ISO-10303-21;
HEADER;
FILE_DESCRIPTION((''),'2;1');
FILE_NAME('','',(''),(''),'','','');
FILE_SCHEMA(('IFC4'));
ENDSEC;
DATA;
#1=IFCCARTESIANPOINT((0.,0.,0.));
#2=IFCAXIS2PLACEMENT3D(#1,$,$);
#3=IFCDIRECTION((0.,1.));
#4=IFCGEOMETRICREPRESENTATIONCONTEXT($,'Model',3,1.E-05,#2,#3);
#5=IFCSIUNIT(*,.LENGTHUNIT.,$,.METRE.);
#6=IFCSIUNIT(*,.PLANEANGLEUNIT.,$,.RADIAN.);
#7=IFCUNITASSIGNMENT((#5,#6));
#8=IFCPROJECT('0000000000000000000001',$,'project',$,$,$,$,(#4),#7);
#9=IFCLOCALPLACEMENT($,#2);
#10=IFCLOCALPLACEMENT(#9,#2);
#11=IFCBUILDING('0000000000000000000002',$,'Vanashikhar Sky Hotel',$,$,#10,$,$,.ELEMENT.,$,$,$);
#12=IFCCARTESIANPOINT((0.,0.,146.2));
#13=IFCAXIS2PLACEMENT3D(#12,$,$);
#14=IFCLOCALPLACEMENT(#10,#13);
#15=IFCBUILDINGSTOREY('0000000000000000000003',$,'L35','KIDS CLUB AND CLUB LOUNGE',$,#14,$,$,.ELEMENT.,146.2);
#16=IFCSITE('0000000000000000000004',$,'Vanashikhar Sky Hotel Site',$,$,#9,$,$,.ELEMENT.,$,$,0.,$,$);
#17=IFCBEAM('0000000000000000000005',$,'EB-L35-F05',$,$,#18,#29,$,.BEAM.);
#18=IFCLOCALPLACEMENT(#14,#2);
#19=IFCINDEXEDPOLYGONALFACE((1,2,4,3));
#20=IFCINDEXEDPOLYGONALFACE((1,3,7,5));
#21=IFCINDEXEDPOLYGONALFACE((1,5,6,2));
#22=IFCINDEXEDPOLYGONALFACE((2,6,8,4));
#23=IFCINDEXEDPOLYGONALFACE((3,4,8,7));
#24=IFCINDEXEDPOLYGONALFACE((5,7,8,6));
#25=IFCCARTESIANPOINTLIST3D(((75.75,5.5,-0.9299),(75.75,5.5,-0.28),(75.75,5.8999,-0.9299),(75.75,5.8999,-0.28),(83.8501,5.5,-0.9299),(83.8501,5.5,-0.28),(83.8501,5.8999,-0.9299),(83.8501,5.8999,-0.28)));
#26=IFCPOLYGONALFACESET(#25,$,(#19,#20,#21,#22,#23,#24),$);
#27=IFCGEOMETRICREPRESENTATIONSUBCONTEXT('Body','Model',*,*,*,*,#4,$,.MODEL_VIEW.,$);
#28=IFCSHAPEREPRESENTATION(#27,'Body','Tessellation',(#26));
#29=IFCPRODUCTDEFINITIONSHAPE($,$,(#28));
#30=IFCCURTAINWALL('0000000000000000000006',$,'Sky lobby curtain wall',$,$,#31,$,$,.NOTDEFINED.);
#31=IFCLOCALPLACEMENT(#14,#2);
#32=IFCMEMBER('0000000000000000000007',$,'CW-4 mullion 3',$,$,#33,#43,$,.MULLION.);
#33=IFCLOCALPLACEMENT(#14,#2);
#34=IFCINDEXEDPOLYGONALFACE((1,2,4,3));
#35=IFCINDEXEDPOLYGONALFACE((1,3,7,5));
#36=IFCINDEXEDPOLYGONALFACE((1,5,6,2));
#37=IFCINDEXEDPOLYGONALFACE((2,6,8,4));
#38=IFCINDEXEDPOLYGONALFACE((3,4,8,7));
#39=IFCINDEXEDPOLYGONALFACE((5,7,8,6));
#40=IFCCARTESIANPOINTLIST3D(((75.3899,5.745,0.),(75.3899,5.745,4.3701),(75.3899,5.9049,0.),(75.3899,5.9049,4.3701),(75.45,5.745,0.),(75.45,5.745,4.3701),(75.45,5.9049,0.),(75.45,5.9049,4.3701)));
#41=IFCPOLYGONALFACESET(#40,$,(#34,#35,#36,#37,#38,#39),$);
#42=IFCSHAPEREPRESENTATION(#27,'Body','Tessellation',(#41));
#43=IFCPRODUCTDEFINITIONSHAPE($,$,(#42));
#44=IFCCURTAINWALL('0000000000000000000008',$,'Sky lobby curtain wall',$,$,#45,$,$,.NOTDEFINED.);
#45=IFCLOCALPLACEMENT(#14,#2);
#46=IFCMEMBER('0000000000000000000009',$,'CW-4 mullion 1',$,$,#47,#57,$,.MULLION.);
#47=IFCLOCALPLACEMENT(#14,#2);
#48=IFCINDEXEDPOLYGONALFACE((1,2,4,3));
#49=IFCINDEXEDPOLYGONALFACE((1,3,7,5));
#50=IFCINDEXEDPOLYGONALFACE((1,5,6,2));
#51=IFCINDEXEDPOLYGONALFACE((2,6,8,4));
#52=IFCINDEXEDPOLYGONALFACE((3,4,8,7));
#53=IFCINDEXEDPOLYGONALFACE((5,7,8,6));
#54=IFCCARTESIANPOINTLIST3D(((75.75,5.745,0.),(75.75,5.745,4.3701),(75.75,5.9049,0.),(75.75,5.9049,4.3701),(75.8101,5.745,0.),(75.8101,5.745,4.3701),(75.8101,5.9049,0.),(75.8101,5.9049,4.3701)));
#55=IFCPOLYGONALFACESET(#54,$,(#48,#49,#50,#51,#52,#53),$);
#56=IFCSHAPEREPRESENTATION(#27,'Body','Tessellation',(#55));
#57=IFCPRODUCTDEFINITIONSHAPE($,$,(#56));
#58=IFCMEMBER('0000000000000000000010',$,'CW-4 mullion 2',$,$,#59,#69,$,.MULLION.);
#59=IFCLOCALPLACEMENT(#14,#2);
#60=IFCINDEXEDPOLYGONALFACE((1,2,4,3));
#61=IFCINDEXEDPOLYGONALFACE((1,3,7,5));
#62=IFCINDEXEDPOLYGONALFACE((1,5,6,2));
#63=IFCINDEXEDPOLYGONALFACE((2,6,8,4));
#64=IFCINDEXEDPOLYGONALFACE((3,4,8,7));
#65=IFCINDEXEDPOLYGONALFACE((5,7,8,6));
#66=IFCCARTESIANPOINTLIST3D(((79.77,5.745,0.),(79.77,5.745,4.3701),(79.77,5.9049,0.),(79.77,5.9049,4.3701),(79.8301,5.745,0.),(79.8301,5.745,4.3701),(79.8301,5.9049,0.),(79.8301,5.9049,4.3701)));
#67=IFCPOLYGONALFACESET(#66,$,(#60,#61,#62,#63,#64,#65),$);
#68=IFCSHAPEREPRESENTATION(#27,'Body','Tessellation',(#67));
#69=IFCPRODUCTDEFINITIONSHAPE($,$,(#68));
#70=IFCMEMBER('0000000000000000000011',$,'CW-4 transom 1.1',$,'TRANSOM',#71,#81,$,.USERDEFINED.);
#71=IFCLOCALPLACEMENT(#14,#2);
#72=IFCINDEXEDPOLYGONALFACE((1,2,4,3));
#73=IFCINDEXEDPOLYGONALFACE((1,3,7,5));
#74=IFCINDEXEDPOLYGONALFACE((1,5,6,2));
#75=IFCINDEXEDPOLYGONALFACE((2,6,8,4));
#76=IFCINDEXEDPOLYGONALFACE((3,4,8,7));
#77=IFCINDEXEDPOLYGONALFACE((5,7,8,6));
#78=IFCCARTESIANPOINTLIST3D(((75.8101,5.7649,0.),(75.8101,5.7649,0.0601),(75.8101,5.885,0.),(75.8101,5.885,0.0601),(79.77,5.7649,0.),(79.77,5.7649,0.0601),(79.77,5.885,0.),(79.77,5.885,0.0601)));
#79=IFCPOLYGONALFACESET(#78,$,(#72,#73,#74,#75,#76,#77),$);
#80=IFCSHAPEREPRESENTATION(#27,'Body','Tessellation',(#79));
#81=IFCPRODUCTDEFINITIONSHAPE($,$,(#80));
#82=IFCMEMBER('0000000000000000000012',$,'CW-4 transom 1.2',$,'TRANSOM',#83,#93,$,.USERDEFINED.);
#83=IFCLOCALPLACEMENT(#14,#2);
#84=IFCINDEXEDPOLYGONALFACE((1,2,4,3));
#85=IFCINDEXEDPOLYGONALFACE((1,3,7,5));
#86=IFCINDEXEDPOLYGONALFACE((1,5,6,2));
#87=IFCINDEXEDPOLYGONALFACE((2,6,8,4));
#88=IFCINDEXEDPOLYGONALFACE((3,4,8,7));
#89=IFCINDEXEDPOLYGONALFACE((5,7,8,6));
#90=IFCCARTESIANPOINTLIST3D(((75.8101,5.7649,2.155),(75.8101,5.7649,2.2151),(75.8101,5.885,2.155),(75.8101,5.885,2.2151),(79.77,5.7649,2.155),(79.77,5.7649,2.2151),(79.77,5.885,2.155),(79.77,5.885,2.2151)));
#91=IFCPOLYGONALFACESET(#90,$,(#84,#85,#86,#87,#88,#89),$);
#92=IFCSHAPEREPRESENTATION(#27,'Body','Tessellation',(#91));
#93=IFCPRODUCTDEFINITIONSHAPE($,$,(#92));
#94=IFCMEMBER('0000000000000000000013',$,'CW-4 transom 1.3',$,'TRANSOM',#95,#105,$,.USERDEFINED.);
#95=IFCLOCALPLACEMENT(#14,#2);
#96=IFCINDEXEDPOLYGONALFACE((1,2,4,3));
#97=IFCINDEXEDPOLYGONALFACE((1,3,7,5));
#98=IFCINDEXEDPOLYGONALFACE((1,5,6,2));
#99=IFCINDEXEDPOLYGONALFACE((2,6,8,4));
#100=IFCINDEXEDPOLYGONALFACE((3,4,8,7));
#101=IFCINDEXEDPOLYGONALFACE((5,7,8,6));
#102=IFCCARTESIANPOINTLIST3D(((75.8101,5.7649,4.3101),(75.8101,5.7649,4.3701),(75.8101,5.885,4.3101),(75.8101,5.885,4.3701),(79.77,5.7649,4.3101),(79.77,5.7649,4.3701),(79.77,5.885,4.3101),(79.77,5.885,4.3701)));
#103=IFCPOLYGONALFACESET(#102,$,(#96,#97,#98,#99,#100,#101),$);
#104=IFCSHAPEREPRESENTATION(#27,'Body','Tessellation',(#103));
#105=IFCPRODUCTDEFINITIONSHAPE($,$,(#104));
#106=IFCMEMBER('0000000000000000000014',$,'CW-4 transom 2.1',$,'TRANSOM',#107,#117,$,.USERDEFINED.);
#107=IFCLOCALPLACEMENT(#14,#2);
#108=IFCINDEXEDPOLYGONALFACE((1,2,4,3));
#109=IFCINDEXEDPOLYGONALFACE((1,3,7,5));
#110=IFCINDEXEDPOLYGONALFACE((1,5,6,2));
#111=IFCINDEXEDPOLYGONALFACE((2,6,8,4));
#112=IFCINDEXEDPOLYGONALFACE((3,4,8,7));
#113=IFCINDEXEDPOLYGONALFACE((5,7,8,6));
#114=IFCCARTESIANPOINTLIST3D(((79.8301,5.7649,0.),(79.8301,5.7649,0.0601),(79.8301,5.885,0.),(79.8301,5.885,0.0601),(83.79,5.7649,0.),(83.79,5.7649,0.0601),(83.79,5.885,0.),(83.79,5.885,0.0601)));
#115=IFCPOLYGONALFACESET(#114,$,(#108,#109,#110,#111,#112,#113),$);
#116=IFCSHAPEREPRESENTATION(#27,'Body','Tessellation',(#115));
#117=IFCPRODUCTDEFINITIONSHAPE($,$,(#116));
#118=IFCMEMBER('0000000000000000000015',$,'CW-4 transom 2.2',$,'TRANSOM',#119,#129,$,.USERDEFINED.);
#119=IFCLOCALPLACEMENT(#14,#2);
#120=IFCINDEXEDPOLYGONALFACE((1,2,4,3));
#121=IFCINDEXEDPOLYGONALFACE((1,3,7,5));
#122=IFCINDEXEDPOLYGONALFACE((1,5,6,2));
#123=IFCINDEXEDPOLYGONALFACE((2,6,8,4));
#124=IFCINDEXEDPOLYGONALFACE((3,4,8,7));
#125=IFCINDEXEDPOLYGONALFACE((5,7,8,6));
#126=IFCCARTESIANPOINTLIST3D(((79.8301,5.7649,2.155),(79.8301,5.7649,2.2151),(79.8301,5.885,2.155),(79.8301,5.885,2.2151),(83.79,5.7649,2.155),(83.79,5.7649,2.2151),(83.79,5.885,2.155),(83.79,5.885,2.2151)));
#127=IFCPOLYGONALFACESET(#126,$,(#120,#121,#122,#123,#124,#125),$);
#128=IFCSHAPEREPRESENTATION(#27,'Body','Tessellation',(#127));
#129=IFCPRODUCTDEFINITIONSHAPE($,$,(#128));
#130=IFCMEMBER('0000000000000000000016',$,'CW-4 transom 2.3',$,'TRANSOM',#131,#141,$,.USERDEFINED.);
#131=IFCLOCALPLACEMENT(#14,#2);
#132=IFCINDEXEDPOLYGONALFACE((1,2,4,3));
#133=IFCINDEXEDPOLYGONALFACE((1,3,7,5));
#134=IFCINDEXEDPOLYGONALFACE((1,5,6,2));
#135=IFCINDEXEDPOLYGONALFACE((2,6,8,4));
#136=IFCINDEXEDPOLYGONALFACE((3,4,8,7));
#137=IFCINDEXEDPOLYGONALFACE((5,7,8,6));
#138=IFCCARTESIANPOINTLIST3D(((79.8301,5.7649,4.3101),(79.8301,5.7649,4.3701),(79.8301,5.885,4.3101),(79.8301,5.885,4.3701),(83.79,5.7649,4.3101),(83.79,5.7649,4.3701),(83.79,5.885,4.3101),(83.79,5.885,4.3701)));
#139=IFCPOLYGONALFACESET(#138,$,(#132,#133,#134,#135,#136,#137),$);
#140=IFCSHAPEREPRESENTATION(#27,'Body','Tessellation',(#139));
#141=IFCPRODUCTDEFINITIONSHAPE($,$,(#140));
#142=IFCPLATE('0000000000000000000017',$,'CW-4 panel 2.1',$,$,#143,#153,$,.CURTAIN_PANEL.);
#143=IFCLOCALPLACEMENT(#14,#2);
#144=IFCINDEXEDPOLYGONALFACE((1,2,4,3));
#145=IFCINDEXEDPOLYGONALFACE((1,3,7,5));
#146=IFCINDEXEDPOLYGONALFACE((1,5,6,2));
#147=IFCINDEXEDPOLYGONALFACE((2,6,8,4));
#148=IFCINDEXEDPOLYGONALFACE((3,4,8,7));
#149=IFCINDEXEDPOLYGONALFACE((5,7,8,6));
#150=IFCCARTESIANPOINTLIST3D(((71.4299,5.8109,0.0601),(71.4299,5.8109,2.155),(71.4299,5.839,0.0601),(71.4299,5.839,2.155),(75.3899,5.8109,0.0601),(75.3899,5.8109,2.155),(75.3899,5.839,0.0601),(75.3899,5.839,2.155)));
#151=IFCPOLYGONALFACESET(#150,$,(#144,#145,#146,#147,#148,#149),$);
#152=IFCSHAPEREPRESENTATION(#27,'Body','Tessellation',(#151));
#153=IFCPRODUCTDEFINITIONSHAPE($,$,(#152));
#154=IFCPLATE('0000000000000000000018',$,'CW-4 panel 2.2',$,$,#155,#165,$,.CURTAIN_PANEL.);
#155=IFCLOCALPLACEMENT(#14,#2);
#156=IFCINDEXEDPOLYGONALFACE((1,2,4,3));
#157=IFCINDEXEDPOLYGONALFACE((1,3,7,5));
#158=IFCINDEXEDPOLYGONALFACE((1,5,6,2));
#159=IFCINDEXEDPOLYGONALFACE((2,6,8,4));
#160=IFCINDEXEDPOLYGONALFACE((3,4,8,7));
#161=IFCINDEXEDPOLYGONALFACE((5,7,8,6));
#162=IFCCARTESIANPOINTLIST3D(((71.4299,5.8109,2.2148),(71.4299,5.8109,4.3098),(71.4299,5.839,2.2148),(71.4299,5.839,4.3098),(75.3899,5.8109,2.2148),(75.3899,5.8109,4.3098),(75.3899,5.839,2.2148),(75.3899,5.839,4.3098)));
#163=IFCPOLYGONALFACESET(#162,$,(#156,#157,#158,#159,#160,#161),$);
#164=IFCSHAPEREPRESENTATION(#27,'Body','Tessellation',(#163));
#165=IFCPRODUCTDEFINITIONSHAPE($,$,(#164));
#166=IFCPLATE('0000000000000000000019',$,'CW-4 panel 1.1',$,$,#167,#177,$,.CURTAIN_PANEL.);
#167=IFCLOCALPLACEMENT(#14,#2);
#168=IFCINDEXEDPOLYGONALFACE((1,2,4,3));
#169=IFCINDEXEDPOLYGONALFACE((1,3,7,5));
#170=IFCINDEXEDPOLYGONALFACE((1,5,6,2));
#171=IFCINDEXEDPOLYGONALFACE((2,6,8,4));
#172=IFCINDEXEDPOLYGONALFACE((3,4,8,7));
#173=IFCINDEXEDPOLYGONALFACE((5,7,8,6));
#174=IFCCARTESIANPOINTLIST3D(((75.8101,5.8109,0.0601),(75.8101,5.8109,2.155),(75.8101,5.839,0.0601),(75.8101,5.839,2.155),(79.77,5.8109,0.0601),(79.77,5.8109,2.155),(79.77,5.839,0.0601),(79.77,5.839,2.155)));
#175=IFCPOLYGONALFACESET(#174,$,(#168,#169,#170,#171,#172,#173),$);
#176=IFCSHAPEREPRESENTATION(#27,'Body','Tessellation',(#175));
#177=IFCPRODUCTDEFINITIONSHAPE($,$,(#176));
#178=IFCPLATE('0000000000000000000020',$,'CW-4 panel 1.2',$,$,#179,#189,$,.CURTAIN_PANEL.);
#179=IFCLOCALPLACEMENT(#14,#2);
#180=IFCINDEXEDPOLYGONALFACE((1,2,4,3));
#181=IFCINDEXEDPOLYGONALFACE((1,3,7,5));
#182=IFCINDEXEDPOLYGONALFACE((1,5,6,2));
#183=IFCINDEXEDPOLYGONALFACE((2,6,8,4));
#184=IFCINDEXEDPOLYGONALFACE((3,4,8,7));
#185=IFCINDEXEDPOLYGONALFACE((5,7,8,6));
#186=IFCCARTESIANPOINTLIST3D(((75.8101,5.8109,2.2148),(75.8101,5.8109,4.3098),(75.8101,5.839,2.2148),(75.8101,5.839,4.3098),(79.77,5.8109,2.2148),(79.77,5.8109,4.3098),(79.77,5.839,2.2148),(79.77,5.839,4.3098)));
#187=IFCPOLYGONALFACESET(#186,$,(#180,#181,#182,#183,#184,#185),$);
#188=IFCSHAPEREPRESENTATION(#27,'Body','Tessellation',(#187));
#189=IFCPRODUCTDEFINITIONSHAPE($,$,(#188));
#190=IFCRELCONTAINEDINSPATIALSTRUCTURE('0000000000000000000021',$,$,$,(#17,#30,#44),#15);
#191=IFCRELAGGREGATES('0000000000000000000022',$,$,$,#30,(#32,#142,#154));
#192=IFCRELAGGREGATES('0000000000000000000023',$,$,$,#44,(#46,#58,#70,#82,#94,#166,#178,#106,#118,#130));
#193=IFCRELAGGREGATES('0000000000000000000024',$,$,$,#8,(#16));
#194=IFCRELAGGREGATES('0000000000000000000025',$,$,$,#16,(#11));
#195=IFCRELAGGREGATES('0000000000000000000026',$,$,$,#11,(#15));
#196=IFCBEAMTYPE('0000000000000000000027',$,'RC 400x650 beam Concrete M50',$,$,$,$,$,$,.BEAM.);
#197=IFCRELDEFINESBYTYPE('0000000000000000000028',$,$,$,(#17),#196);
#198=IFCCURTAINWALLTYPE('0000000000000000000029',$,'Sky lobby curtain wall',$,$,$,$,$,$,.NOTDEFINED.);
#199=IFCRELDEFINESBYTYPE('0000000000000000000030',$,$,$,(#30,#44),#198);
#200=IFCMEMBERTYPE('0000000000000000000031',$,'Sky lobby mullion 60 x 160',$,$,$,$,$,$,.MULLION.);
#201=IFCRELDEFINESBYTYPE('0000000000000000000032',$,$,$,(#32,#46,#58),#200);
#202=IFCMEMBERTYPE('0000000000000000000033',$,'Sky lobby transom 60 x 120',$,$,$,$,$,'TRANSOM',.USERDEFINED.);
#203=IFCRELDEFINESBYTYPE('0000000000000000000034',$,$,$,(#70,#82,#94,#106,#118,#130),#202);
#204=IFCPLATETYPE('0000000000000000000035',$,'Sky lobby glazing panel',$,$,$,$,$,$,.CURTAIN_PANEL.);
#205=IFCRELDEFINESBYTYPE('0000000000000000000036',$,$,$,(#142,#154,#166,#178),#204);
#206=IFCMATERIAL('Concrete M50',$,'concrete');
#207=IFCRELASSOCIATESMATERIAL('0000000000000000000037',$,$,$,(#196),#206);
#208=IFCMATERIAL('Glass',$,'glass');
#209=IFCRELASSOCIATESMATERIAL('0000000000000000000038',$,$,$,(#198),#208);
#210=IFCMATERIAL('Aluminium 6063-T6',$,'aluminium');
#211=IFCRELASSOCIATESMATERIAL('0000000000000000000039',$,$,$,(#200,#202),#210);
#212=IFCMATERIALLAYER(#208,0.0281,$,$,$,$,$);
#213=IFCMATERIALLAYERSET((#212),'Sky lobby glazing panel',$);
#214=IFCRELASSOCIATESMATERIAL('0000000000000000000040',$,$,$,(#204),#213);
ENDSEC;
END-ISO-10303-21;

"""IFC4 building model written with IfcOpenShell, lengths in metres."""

from ifc_helpers import new_model, si_unit, direction, frame, origin, origin_2d, place, context, subcontext, project, spatial, rectangle, extrude, source, transform, mapped, material, layer, layer_set, material_profile, profile_set, type_object, element, aggregate, save


model = new_model("IFC4")

# Units and contexts
model_context = context("Model", 3, precision=1e-05, world=origin(), true_north=direction((0.0, 1.0)))
body_context = subcontext(model_context, "Body", "Model", "MODEL_VIEW")
ifc_project = project(units=[si_unit("LENGTHUNIT", "METRE"), si_unit("PLANEANGLEUNIT", "RADIAN")], contexts=[model_context])

# Site, building, storey
site_placement = place(None, origin())
site = spatial("IfcSite", under=ifc_project, at=site_placement, Name="Vanashikhar Sky Hotel Site", CompositionType="ELEMENT", RefElevation=0.0)
building_placement = place(site_placement, origin())
building = spatial("IfcBuilding", under=site, at=building_placement, Name="Vanashikhar Sky Hotel", CompositionType="ELEMENT")
storey_placement = place(building_placement, frame((0.0, 0.0, 146.2)))
storey = spatial("IfcBuildingStorey", under=building, at=storey_placement, Name="L35", Description="KIDS CLUB AND CLUB LOUNGE", CompositionType="ELEMENT", Elevation=146.2)

# Beam
ifc_material_1 = material(Name="Concrete M50", Category="concrete")
ifc_material_profile_1 = material_profile(ifc_material_1, rectangle(XDim=0.3999, YDim=0.6499, at=origin_2d()))
ifc_profile_set_1 = profile_set([ifc_material_profile_1], Name="RC 400x650 beam Concrete M50")
beam_type = type_object("IfcBeamType", Name="RC 400x650 beam Concrete M50", PredefinedType="BEAM", material=ifc_profile_set_1)
shared_shape_1 = source(origin(), body_context, "Body", "SweptSolid", [
    extrude(rectangle(XDim=0.3999, YDim=0.6499, at=origin_2d()), origin(), (0.0, 0.0, 1.0), 8.1001),
])
beam_placement = place(storey_placement, frame((75.75, 5.7, -0.605), z_axis=(1.0, 0.0, 0.0), x_axis=(0.0, 1.0, 0.0)))
element("IfcBeam", 1, at=beam_placement, inside=storey, type_object=beam_type, Name="EB-L35-F05", PredefinedType="BEAM", context=body_context, shape_type="MappedRepresentation", body=[
    mapped(shared_shape_1, transform((0.0, 0.0, 0.0), scale=1.0)),
])

# Curtain wall, member
ifc_material_2 = material(Name="Glass", Category="glass")
curtain_wall_type = type_object("IfcCurtainWallType", Name="Sky lobby curtain wall", PredefinedType="NOTDEFINED", material=ifc_material_2)
curtain_wall_1_placement = place(storey_placement, origin())
curtain_wall_1 = element("IfcCurtainWall", 2, at=curtain_wall_1_placement, inside=storey, type_object=curtain_wall_type, Name="Sky lobby curtain wall", PredefinedType="NOTDEFINED")
ifc_material_3 = material(Name="Aluminium 6063-T6", Category="aluminium")
ifc_material_profile_2 = material_profile(ifc_material_3, rectangle(XDim=0.1599, YDim=0.0601, at=origin_2d()))
ifc_profile_set_2 = profile_set([ifc_material_profile_2], Name="Aluminium 6063-T6")
member_type_1 = type_object("IfcMemberType", Name="Sky lobby mullion 60 x 160", PredefinedType="MULLION", material=ifc_profile_set_2)
shared_shape_2 = source(origin(), body_context, "Body", "SweptSolid", [
    extrude(rectangle(XDim=0.1599, YDim=0.0601, at=origin_2d()), origin(), (0.0, 0.0, 1.0), 4.3701),
])
member_1_placement = place(storey_placement, frame((75.4199, 5.825, 0.0), z_axis=(0.0, 0.0, 1.0), x_axis=(0.0, 1.0, 0.0)))
member_1 = element("IfcMember", 3, at=member_1_placement, type_object=member_type_1, Name="CW-4 mullion 3", PredefinedType="MULLION", context=body_context, shape_type="MappedRepresentation", body=[
    mapped(shared_shape_2, transform((0.0, 0.0, 0.0), scale=1.0)),
])

# Curtain wall, members
curtain_wall_2_placement = place(storey_placement, origin())
curtain_wall_2 = element("IfcCurtainWall", 4, at=curtain_wall_2_placement, inside=storey, type_object=curtain_wall_type, Name="Sky lobby curtain wall", PredefinedType="NOTDEFINED")
member_2_placement = place(storey_placement, frame((75.78, 5.825, 0.0), z_axis=(0.0, 0.0, 1.0), x_axis=(0.0, 1.0, 0.0)))
member_2 = element("IfcMember", 5, at=member_2_placement, type_object=member_type_1, Name="CW-4 mullion 1", PredefinedType="MULLION", context=body_context, shape_type="MappedRepresentation", body=[
    mapped(shared_shape_2, transform((0.0, 0.0, 0.0), scale=1.0)),
])
member_3_placement = place(storey_placement, frame((79.8, 5.825, 0.0), z_axis=(0.0, 0.0, 1.0), x_axis=(0.0, 1.0, 0.0)))
member_3 = element("IfcMember", 6, at=member_3_placement, type_object=member_type_1, Name="CW-4 mullion 2", PredefinedType="MULLION", context=body_context, shape_type="MappedRepresentation", body=[
    mapped(shared_shape_2, transform((0.0, 0.0, 0.0), scale=1.0)),
])
ifc_material_profile_3 = material_profile(ifc_material_3, rectangle(XDim=0.1201, YDim=0.0601, at=origin_2d()))
ifc_profile_set_3 = profile_set([ifc_material_profile_3], Name="Aluminium 6063-T6")
member_type_2 = type_object("IfcMemberType", Name="Sky lobby transom 60 x 120", ElementType="TRANSOM", PredefinedType="USERDEFINED", material=ifc_profile_set_3)
shared_shape_3 = source(origin(), body_context, "Body", "SweptSolid", [
    extrude(rectangle(XDim=0.1201, YDim=0.0601, at=origin_2d()), origin(), (0.0, 0.0, 1.0), 3.96),
])
member_4_placement = place(storey_placement, frame((75.8101, 5.825, 0.03), z_axis=(1.0, 0.0, 0.0), x_axis=(0.0, 1.0, 0.0)))
member_4 = element("IfcMember", 7, at=member_4_placement, type_object=member_type_2, Name="CW-4 transom 1.1", ObjectType="TRANSOM", PredefinedType="USERDEFINED", context=body_context, shape_type="MappedRepresentation", body=[
    mapped(shared_shape_3, transform((0.0, 0.0, 0.0), scale=1.0)),
])
member_5_placement = place(storey_placement, frame((75.8101, 5.825, 2.1851), z_axis=(1.0, 0.0, 0.0), x_axis=(0.0, 1.0, 0.0)))
member_5 = element("IfcMember", 8, at=member_5_placement, type_object=member_type_2, Name="CW-4 transom 1.2", ObjectType="TRANSOM", PredefinedType="USERDEFINED", context=body_context, shape_type="MappedRepresentation", body=[
    mapped(shared_shape_3, transform((0.0, 0.0, 0.0), scale=1.0)),
])
member_6_placement = place(storey_placement, frame((75.8101, 5.825, 4.3401), z_axis=(1.0, 0.0, 0.0), x_axis=(0.0, 1.0, 0.0)))
member_6 = element("IfcMember", 9, at=member_6_placement, type_object=member_type_2, Name="CW-4 transom 1.3", ObjectType="TRANSOM", PredefinedType="USERDEFINED", context=body_context, shape_type="MappedRepresentation", body=[
    mapped(shared_shape_3, transform((0.0, 0.0, 0.0), scale=1.0)),
])
member_7_placement = place(storey_placement, frame((79.8301, 5.825, 0.03), z_axis=(1.0, 0.0, 0.0), x_axis=(0.0, 1.0, 0.0)))
member_7 = element("IfcMember", 10, at=member_7_placement, type_object=member_type_2, Name="CW-4 transom 2.1", ObjectType="TRANSOM", PredefinedType="USERDEFINED", context=body_context, shape_type="MappedRepresentation", body=[
    mapped(shared_shape_3, transform((0.0, 0.0, 0.0), scale=1.0)),
])
member_8_placement = place(storey_placement, frame((79.8301, 5.825, 2.1851), z_axis=(1.0, 0.0, 0.0), x_axis=(0.0, 1.0, 0.0)))
member_8 = element("IfcMember", 11, at=member_8_placement, type_object=member_type_2, Name="CW-4 transom 2.2", ObjectType="TRANSOM", PredefinedType="USERDEFINED", context=body_context, shape_type="MappedRepresentation", body=[
    mapped(shared_shape_3, transform((0.0, 0.0, 0.0), scale=1.0)),
])
member_9_placement = place(storey_placement, frame((79.8301, 5.825, 4.3401), z_axis=(1.0, 0.0, 0.0), x_axis=(0.0, 1.0, 0.0)))
member_9 = element("IfcMember", 12, at=member_9_placement, type_object=member_type_2, Name="CW-4 transom 2.3", ObjectType="TRANSOM", PredefinedType="USERDEFINED", context=body_context, shape_type="MappedRepresentation", body=[
    mapped(shared_shape_3, transform((0.0, 0.0, 0.0), scale=1.0)),
])

# Plates
ifc_layer_1 = layer(ifc_material_2, 0.0281)
ifc_layer_set_1 = layer_set([ifc_layer_1], Name="Sky lobby glazing panel")
plate_type = type_object("IfcPlateType", Name="Sky lobby glazing panel", PredefinedType="CURTAIN_PANEL", material=ifc_layer_set_1)
shared_shape_4 = source(origin(), body_context, "Body", "SweptSolid", [
    extrude(rectangle(XDim=3.96, YDim=0.0281, at=origin_2d()), origin(), (0.0, 0.0, 1.0), 2.095),
])
plate_1_placement = place(storey_placement, frame((73.4099, 5.825, 0.0601), z_axis=(0.0, 0.0, 1.0), x_axis=(1.0, 0.0, 0.0)))
plate_1 = element("IfcPlate", 13, at=plate_1_placement, type_object=plate_type, Name="CW-4 panel 2.1", PredefinedType="CURTAIN_PANEL", context=body_context, shape_type="MappedRepresentation", body=[
    mapped(shared_shape_4, transform((0.0, 0.0, 0.0), scale=1.0)),
])
plate_2_placement = place(storey_placement, frame((73.4099, 5.825, 2.2148), z_axis=(0.0, 0.0, 1.0), x_axis=(1.0, 0.0, 0.0)))
plate_2 = element("IfcPlate", 14, at=plate_2_placement, type_object=plate_type, Name="CW-4 panel 2.2", PredefinedType="CURTAIN_PANEL", context=body_context, shape_type="MappedRepresentation", body=[
    mapped(shared_shape_4, transform((0.0, 0.0, 0.0), scale=1.0)),
])
aggregate(curtain_wall_1, [member_1, plate_1, plate_2])
plate_3_placement = place(storey_placement, frame((77.79, 5.825, 0.0601), z_axis=(0.0, 0.0, 1.0), x_axis=(1.0, 0.0, 0.0)))
plate_3 = element("IfcPlate", 15, at=plate_3_placement, type_object=plate_type, Name="CW-4 panel 1.1", PredefinedType="CURTAIN_PANEL", context=body_context, shape_type="MappedRepresentation", body=[
    mapped(shared_shape_4, transform((0.0, 0.0, 0.0), scale=1.0)),
])
plate_4_placement = place(storey_placement, frame((77.79, 5.825, 2.2148), z_axis=(0.0, 0.0, 1.0), x_axis=(1.0, 0.0, 0.0)))
plate_4 = element("IfcPlate", 16, at=plate_4_placement, type_object=plate_type, Name="CW-4 panel 1.2", PredefinedType="CURTAIN_PANEL", context=body_context, shape_type="MappedRepresentation", body=[
    mapped(shared_shape_4, transform((0.0, 0.0, 0.0), scale=1.0)),
])
aggregate(curtain_wall_2, [member_2, member_3, member_4, member_5, member_6, plate_3, plate_4, member_7, member_8, member_9])

save(model, "model.ifc")
